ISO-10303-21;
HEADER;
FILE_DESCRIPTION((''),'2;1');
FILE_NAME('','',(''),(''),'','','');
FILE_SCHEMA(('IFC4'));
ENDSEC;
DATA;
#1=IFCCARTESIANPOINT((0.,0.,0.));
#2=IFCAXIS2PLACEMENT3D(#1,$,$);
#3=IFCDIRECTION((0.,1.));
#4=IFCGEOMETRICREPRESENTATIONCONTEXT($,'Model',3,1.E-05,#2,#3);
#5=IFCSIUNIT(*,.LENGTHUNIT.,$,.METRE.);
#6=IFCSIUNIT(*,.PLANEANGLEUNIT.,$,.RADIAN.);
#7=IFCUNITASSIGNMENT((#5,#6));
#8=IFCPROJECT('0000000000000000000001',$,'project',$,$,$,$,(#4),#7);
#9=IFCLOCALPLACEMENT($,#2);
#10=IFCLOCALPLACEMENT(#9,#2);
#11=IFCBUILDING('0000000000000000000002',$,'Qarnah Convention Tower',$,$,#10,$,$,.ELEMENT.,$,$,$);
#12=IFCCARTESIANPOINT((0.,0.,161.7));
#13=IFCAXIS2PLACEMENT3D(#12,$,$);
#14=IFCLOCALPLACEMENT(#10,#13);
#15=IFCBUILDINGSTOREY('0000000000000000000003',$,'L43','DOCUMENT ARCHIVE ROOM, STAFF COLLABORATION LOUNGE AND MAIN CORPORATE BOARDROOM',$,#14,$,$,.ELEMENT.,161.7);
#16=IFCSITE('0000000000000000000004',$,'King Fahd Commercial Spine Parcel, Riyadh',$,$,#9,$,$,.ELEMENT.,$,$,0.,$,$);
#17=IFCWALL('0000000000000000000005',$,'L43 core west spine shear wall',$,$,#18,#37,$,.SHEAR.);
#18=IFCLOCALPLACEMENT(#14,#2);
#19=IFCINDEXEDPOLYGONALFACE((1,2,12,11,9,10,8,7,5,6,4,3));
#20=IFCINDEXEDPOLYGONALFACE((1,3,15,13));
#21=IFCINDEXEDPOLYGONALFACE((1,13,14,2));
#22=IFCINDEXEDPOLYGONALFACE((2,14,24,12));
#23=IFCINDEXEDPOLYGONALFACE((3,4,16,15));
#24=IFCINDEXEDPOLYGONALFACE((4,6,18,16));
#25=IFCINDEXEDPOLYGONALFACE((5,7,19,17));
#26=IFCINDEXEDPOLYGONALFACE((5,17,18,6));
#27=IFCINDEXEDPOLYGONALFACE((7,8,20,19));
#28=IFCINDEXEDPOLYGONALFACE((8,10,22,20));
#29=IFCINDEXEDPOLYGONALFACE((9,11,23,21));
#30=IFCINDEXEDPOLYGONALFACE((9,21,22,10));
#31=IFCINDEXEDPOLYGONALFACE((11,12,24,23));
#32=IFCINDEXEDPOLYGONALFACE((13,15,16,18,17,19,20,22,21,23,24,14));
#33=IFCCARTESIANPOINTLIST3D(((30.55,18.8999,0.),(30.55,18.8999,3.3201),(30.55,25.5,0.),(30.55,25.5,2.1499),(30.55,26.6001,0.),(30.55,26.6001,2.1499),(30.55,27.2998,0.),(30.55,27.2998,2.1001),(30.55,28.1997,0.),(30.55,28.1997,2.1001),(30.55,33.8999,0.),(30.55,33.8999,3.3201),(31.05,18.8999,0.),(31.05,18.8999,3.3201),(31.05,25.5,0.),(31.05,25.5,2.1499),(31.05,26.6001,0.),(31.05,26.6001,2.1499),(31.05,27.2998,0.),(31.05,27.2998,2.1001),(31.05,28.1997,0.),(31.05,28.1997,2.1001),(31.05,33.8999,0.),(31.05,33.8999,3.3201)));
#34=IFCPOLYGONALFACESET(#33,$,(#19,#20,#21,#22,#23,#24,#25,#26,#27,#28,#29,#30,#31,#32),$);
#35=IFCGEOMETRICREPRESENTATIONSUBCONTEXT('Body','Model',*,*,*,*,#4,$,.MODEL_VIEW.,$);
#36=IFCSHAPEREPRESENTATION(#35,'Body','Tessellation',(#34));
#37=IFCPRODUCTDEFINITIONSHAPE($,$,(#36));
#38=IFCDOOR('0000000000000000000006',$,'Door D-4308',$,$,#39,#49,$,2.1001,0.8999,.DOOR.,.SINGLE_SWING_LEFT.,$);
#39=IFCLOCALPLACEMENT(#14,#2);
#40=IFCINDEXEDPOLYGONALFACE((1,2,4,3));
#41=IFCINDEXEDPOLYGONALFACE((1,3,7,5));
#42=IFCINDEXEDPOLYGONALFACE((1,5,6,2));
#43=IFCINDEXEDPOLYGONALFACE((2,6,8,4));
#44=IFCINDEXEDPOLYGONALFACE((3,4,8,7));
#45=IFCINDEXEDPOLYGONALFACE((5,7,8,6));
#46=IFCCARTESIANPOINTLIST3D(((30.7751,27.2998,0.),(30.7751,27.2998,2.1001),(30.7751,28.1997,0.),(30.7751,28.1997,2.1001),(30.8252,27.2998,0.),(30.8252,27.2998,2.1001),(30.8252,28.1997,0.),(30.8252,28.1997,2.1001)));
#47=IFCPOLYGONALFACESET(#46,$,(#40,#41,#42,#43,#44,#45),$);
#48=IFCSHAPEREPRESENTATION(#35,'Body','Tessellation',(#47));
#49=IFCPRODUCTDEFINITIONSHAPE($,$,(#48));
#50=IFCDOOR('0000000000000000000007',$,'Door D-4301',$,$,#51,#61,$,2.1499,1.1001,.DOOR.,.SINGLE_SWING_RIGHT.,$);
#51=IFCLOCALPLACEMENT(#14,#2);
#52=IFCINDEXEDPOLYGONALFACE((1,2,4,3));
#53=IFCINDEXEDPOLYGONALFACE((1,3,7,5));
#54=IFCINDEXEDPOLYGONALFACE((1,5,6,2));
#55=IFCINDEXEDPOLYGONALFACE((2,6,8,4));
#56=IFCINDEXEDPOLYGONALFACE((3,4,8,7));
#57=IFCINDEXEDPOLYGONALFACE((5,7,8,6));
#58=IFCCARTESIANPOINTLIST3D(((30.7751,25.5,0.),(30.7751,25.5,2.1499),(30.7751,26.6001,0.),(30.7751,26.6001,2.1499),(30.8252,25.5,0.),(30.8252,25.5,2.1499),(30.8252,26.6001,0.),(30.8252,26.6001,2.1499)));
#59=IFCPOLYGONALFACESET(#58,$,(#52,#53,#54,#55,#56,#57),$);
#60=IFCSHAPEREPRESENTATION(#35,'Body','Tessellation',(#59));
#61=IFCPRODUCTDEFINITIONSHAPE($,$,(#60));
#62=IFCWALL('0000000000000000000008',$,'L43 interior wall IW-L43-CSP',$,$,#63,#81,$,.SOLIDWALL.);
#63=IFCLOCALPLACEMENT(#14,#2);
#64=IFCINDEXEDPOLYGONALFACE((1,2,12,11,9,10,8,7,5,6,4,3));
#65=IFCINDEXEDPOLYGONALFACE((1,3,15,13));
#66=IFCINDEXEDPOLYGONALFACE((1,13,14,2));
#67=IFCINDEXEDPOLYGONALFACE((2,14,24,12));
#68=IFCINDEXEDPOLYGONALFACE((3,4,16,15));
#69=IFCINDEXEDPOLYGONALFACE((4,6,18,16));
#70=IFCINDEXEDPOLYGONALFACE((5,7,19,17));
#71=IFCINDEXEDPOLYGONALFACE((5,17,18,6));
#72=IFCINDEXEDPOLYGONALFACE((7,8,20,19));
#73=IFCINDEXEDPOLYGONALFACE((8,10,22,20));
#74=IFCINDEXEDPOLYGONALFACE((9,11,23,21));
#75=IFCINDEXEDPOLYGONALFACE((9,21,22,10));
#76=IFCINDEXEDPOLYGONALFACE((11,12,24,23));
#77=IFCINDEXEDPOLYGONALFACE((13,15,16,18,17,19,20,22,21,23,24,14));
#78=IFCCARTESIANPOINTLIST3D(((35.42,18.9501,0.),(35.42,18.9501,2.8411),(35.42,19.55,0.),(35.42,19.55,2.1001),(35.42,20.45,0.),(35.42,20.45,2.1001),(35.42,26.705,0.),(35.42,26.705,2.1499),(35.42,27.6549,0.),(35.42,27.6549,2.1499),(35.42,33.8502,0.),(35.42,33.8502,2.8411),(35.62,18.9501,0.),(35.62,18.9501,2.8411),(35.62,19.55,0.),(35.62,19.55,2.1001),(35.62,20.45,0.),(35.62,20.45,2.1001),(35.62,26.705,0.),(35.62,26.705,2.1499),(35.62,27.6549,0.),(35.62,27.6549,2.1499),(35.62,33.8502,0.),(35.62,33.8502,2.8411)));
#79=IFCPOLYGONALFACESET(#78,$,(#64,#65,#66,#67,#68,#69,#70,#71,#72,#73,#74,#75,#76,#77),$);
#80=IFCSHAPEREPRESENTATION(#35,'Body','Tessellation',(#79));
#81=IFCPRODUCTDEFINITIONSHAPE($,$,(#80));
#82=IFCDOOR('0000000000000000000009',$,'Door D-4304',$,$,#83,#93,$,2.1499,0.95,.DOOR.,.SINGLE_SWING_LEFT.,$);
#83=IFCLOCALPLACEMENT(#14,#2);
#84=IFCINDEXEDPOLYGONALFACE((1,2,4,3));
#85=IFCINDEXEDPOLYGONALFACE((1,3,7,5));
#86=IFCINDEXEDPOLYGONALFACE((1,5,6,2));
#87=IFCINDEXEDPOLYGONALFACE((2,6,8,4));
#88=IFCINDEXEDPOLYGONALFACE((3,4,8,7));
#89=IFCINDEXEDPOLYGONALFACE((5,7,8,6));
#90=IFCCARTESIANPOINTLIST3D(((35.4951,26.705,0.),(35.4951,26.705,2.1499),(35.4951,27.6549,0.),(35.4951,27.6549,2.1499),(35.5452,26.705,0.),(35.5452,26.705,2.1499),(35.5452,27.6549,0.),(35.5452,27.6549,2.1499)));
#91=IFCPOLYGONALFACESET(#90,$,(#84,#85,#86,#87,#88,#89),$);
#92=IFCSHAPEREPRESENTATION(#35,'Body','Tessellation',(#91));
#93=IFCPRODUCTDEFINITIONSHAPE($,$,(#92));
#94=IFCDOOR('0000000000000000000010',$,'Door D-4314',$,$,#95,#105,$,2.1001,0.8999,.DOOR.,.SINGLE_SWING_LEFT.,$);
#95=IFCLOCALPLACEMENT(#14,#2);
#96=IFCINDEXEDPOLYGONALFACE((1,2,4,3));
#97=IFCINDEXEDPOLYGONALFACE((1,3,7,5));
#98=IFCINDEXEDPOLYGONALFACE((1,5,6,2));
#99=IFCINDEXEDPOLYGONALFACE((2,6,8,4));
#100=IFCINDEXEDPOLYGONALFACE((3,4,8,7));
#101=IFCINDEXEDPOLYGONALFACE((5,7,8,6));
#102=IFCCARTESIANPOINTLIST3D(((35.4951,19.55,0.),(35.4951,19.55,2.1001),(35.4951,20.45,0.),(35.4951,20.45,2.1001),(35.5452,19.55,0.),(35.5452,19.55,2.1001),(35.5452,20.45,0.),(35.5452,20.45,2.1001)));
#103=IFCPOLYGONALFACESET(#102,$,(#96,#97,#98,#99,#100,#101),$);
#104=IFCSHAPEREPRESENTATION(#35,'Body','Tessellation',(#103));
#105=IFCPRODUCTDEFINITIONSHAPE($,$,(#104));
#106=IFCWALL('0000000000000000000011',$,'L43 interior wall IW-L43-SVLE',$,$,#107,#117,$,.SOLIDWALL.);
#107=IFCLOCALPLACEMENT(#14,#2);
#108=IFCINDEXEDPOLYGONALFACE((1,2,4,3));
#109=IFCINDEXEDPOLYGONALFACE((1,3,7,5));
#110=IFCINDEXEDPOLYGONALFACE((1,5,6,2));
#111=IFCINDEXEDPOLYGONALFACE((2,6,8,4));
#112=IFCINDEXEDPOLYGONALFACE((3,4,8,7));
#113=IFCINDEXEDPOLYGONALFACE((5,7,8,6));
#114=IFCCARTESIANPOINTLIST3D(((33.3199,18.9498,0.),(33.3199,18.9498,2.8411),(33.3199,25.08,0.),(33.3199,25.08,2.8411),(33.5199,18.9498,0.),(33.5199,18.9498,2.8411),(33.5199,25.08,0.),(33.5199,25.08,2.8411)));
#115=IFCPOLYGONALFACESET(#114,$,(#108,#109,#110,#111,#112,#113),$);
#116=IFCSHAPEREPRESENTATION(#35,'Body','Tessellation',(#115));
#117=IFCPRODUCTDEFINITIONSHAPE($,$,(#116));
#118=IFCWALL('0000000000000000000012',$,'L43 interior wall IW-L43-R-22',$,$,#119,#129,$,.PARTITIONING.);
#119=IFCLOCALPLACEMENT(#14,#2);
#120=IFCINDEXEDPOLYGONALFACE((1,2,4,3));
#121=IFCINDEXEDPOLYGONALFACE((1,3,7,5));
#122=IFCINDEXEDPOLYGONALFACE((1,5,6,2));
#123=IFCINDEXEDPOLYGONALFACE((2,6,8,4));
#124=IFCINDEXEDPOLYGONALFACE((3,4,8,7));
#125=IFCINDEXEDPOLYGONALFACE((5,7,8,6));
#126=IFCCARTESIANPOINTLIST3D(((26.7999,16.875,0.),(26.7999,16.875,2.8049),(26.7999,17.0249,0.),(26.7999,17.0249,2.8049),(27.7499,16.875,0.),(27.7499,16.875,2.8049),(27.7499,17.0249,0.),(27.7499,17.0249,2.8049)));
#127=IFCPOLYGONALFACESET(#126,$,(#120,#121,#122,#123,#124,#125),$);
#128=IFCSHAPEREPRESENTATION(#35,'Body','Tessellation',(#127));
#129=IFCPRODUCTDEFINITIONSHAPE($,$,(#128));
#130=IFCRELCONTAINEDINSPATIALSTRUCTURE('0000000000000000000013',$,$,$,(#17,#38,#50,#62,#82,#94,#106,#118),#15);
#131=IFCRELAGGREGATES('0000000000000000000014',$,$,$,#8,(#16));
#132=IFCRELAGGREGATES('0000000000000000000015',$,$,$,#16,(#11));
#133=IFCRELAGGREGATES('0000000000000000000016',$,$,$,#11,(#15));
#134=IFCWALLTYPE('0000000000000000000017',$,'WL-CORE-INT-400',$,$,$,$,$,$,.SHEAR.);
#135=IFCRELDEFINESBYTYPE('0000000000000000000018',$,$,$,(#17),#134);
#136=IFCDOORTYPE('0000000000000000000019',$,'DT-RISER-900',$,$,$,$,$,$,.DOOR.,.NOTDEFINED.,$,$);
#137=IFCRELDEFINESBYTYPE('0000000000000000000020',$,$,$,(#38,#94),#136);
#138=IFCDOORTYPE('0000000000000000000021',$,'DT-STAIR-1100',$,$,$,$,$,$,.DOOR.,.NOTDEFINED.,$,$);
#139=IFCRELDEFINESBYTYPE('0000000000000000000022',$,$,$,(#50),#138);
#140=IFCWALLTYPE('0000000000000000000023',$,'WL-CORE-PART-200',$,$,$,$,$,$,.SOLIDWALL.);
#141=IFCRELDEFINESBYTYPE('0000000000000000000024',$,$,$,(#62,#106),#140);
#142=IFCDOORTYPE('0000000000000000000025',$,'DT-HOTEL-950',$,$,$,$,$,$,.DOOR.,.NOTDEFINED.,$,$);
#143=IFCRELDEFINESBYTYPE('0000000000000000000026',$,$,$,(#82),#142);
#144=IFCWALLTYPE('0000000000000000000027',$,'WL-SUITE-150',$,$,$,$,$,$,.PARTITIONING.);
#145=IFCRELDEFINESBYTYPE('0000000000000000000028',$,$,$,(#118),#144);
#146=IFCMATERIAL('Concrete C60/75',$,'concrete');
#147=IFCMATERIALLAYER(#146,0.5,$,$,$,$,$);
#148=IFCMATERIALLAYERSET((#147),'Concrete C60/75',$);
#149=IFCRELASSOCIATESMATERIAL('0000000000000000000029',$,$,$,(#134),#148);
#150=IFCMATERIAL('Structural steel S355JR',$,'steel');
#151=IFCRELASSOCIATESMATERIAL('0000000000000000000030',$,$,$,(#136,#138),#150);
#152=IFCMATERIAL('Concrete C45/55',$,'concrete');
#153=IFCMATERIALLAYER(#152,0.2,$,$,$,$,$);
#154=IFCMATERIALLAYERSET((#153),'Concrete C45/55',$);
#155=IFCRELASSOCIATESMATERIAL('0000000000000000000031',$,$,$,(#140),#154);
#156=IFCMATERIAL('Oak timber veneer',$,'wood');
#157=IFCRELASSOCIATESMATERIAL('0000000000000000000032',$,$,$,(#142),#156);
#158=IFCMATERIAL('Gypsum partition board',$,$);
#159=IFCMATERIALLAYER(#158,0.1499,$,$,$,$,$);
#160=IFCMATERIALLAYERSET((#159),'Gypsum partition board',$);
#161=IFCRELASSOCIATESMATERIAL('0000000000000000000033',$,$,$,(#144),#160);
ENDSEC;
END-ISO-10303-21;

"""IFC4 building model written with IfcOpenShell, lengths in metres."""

from ifc_helpers import new_model, si_unit, direction, frame, frame_2d, origin, place, context, subcontext, project, spatial, rectangle, extrude, material, layer, layer_set, type_object, element, fill, save


model = new_model("IFC4")

# Units and contexts
model_context = context("Model", 3, precision=1e-05, world=origin(), true_north=direction((0.0, 1.0)))
body_context = subcontext(model_context, "Body", "Model", "MODEL_VIEW")
ifc_project = project(units=[si_unit("LENGTHUNIT", "METRE"), si_unit("PLANEANGLEUNIT", "RADIAN")], contexts=[model_context])

# Site, building, storey
site_placement = place(None, origin())
site = spatial("IfcSite", under=ifc_project, at=site_placement, Name="King Fahd Commercial Spine Parcel, Riyadh", CompositionType="ELEMENT", RefElevation=0.0)
building_placement = place(site_placement, origin())
building = spatial("IfcBuilding", under=site, at=building_placement, Name="Qarnah Convention Tower", CompositionType="ELEMENT")
storey_placement = place(building_placement, frame((0.0, 0.0, 161.7)))
storey = spatial("IfcBuildingStorey", under=building, at=storey_placement, Name="L43", Description="DOCUMENT ARCHIVE ROOM, STAFF COLLABORATION LOUNGE AND MAIN CORPORATE BOARDROOM", CompositionType="ELEMENT", Elevation=161.7)

# Shared definitions
ifc_material_1 = material(Name="Concrete C60/75", Category="concrete")

# Shared definitions
ifc_material_2 = material(Name="Structural steel S355JR", Category="steel")

# Walls, openings, doors
ifc_layer_1 = layer(ifc_material_1, 0.5)
ifc_layer_set_1 = layer_set([ifc_layer_1], Name="Concrete C60/75")
wall_type_1 = type_object("IfcWallType", Name="WL-CORE-INT-400", PredefinedType="SHEAR", material=ifc_layer_set_1)
wall_1_placement = place(storey_placement, frame((30.8, 18.8999, 0.0), z_axis=(0.0, 0.0, 1.0), x_axis=(0.0, 1.0, 0.0)))
wall_1 = element("IfcWall", 1, at=wall_1_placement, inside=storey, type_object=wall_type_1, Name="L43 core west spine shear wall", PredefinedType="SHEAR", context=body_context, shape_type="SweptSolid", body=[
    extrude(rectangle(XDim=15.0, YDim=0.5, at=frame_2d((7.5, 0.0))), origin(), (0.0, 0.0, 1.0), 3.3201),
])
opening_1_placement = place(wall_1_placement, frame((6.6001, 0.0, 0.0)))
opening_1 = element("IfcOpeningElement", 2, at=opening_1_placement, cuts=wall_1, PredefinedType="OPENING", context=body_context, shape_type="SweptSolid", body=[
    extrude(rectangle(XDim=1.1001, YDim=2.1499, at=frame_2d((0.55, 1.075))), frame((0.0, 0.26, 0.0), z_axis=(0.0, -1.0, 0.0), x_axis=(1.0, 0.0, 0.0)), (0.0, 0.0, 1.0), 0.52),
])
opening_2_placement = place(wall_1_placement, frame((8.3999, 0.0, 0.0)))
opening_2 = element("IfcOpeningElement", 3, at=opening_2_placement, cuts=wall_1, PredefinedType="OPENING", context=body_context, shape_type="SweptSolid", body=[
    extrude(rectangle(XDim=0.8999, YDim=2.1001, at=frame_2d((0.45, 1.05))), frame((0.0, 0.26, 0.0), z_axis=(0.0, -1.0, 0.0), x_axis=(1.0, 0.0, 0.0)), (0.0, 0.0, 1.0), 0.52),
])
door_type_1 = type_object("IfcDoorType", Name="DT-RISER-900", OperationType="NOTDEFINED", PredefinedType="DOOR", material=ifc_material_2)
door_1_placement = place(opening_2_placement, origin())
door_1 = element("IfcDoor", 4, at=door_1_placement, inside=storey, type_object=door_type_1, Name="Door D-4308", OperationType="SINGLE_SWING_LEFT", OverallHeight=2.1001, OverallWidth=0.8999, PredefinedType="DOOR", context=body_context, shape_type="SweptSolid", body=[
    extrude(rectangle(XDim=0.8999, YDim=2.1001, at=frame_2d((0.45, 1.05))), frame((0.0, 0.0249, 0.0), z_axis=(0.0, -1.0, 0.0), x_axis=(1.0, 0.0, 0.0)), (0.0, 0.0, 1.0), 0.05),
])
fill(opening_2, door_1)
door_type_2 = type_object("IfcDoorType", Name="DT-STAIR-1100", OperationType="NOTDEFINED", PredefinedType="DOOR", material=ifc_material_2)
door_2_placement = place(opening_1_placement, origin())
door_2 = element("IfcDoor", 5, at=door_2_placement, inside=storey, type_object=door_type_2, Name="Door D-4301", OperationType="SINGLE_SWING_RIGHT", OverallHeight=2.1499, OverallWidth=1.1001, PredefinedType="DOOR", context=body_context, shape_type="SweptSolid", body=[
    extrude(rectangle(XDim=1.1001, YDim=2.1499, at=frame_2d((0.55, 1.075))), frame((0.0, 0.0249, 0.0), z_axis=(0.0, -1.0, 0.0), x_axis=(1.0, 0.0, 0.0)), (0.0, 0.0, 1.0), 0.05),
])
fill(opening_1, door_2)
ifc_material_3 = material(Name="Concrete C45/55", Category="concrete")
ifc_layer_2 = layer(ifc_material_3, 0.2)
ifc_layer_set_2 = layer_set([ifc_layer_2], Name="Concrete C45/55")
wall_type_2 = type_object("IfcWallType", Name="WL-CORE-PART-200", PredefinedType="SOLIDWALL", material=ifc_layer_set_2)
wall_2_placement = place(storey_placement, frame((35.52, 18.95, 0.0), z_axis=(0.0, 0.0, 1.0), x_axis=(0.0, 1.0, 0.0)))
wall_2 = element("IfcWall", 6, at=wall_2_placement, inside=storey, type_object=wall_type_2, Name="L43 interior wall IW-L43-CSP", PredefinedType="SOLIDWALL", context=body_context, shape_type="SweptSolid", body=[
    extrude(rectangle(XDim=14.9001, YDim=0.2, at=frame_2d((7.4502, 0.0))), origin(), (0.0, 0.0, 1.0), 2.8411),
])
opening_3_placement = place(wall_2_placement, frame((7.7549, 0.0, 0.0)))
opening_3 = element("IfcOpeningElement", 7, at=opening_3_placement, cuts=wall_2, PredefinedType="OPENING", context=body_context, shape_type="SweptSolid", body=[
    extrude(rectangle(XDim=0.95, YDim=2.1499, at=frame_2d((0.4751, 1.075))), frame((0.0, 0.1099, 0.0), z_axis=(0.0, -1.0, 0.0), x_axis=(1.0, 0.0, 0.0)), (0.0, 0.0, 1.0), 0.22),
])
opening_4_placement = place(wall_2_placement, frame((0.6001, 0.0, 0.0)))
opening_4 = element("IfcOpeningElement", 8, at=opening_4_placement, cuts=wall_2, PredefinedType="OPENING", context=body_context, shape_type="SweptSolid", body=[
    extrude(rectangle(XDim=0.8999, YDim=2.1001, at=frame_2d((0.45, 1.05))), frame((0.0, 0.1099, 0.0), z_axis=(0.0, -1.0, 0.0), x_axis=(1.0, 0.0, 0.0)), (0.0, 0.0, 1.0), 0.22),
])
ifc_material_4 = material(Name="Oak timber veneer", Category="wood")
door_type_3 = type_object("IfcDoorType", Name="DT-HOTEL-950", OperationType="NOTDEFINED", PredefinedType="DOOR", material=ifc_material_4)
door_3_placement = place(opening_3_placement, origin())
door_3 = element("IfcDoor", 9, at=door_3_placement, inside=storey, type_object=door_type_3, Name="Door D-4304", OperationType="SINGLE_SWING_LEFT", OverallHeight=2.1499, OverallWidth=0.95, PredefinedType="DOOR", context=body_context, shape_type="SweptSolid", body=[
    extrude(rectangle(XDim=0.95, YDim=2.1499, at=frame_2d((0.4751, 1.075))), frame((0.0, 0.0249, 0.0), z_axis=(0.0, -1.0, 0.0), x_axis=(1.0, 0.0, 0.0)), (0.0, 0.0, 1.0), 0.05),
])
fill(opening_3, door_3)
door_4_placement = place(opening_4_placement, origin())
door_4 = element("IfcDoor", 10, at=door_4_placement, inside=storey, type_object=door_type_1, Name="Door D-4314", OperationType="SINGLE_SWING_LEFT", OverallHeight=2.1001, OverallWidth=0.8999, PredefinedType="DOOR", context=body_context, shape_type="SweptSolid", body=[
    extrude(rectangle(XDim=0.8999, YDim=2.1001, at=frame_2d((0.45, 1.05))), frame((0.0, 0.0249, 0.0), z_axis=(0.0, -1.0, 0.0), x_axis=(1.0, 0.0, 0.0)), (0.0, 0.0, 1.0), 0.05),
])
fill(opening_4, door_4)

# Walls
wall_3_placement = place(storey_placement, frame((33.4199, 18.95, 0.0), z_axis=(0.0, 0.0, 1.0), x_axis=(0.0, 1.0, 0.0)))
element("IfcWall", 11, at=wall_3_placement, inside=storey, type_object=wall_type_2, Name="L43 interior wall IW-L43-SVLE", PredefinedType="SOLIDWALL", context=body_context, shape_type="SweptSolid", body=[
    extrude(rectangle(XDim=6.1301, YDim=0.2, at=frame_2d((3.0649, 0.0))), origin(), (0.0, 0.0, 1.0), 2.8411),
])
ifc_material_5 = material(Name="Gypsum partition board")
ifc_layer_3 = layer(ifc_material_5, 0.1499)
ifc_layer_set_3 = layer_set([ifc_layer_3], Name="Gypsum partition board")
wall_type_3 = type_object("IfcWallType", Name="WL-SUITE-150", PredefinedType="PARTITIONING", material=ifc_layer_set_3)
wall_4_placement = place(storey_placement, frame((27.75, 16.95, 0.0), z_axis=(0.0, 0.0, 1.0), x_axis=(-1.0, 0.0, 0.0)))
element("IfcWall", 12, at=wall_4_placement, inside=storey, type_object=wall_type_3, Name="L43 interior wall IW-L43-R-22", PredefinedType="PARTITIONING", context=body_context, shape_type="SweptSolid", body=[
    extrude(rectangle(XDim=0.95, YDim=0.1499, at=frame_2d((0.4751, 0.0))), origin(), (0.0, 0.0, 1.0), 2.8049),
])

save(model, "model.ifc")
